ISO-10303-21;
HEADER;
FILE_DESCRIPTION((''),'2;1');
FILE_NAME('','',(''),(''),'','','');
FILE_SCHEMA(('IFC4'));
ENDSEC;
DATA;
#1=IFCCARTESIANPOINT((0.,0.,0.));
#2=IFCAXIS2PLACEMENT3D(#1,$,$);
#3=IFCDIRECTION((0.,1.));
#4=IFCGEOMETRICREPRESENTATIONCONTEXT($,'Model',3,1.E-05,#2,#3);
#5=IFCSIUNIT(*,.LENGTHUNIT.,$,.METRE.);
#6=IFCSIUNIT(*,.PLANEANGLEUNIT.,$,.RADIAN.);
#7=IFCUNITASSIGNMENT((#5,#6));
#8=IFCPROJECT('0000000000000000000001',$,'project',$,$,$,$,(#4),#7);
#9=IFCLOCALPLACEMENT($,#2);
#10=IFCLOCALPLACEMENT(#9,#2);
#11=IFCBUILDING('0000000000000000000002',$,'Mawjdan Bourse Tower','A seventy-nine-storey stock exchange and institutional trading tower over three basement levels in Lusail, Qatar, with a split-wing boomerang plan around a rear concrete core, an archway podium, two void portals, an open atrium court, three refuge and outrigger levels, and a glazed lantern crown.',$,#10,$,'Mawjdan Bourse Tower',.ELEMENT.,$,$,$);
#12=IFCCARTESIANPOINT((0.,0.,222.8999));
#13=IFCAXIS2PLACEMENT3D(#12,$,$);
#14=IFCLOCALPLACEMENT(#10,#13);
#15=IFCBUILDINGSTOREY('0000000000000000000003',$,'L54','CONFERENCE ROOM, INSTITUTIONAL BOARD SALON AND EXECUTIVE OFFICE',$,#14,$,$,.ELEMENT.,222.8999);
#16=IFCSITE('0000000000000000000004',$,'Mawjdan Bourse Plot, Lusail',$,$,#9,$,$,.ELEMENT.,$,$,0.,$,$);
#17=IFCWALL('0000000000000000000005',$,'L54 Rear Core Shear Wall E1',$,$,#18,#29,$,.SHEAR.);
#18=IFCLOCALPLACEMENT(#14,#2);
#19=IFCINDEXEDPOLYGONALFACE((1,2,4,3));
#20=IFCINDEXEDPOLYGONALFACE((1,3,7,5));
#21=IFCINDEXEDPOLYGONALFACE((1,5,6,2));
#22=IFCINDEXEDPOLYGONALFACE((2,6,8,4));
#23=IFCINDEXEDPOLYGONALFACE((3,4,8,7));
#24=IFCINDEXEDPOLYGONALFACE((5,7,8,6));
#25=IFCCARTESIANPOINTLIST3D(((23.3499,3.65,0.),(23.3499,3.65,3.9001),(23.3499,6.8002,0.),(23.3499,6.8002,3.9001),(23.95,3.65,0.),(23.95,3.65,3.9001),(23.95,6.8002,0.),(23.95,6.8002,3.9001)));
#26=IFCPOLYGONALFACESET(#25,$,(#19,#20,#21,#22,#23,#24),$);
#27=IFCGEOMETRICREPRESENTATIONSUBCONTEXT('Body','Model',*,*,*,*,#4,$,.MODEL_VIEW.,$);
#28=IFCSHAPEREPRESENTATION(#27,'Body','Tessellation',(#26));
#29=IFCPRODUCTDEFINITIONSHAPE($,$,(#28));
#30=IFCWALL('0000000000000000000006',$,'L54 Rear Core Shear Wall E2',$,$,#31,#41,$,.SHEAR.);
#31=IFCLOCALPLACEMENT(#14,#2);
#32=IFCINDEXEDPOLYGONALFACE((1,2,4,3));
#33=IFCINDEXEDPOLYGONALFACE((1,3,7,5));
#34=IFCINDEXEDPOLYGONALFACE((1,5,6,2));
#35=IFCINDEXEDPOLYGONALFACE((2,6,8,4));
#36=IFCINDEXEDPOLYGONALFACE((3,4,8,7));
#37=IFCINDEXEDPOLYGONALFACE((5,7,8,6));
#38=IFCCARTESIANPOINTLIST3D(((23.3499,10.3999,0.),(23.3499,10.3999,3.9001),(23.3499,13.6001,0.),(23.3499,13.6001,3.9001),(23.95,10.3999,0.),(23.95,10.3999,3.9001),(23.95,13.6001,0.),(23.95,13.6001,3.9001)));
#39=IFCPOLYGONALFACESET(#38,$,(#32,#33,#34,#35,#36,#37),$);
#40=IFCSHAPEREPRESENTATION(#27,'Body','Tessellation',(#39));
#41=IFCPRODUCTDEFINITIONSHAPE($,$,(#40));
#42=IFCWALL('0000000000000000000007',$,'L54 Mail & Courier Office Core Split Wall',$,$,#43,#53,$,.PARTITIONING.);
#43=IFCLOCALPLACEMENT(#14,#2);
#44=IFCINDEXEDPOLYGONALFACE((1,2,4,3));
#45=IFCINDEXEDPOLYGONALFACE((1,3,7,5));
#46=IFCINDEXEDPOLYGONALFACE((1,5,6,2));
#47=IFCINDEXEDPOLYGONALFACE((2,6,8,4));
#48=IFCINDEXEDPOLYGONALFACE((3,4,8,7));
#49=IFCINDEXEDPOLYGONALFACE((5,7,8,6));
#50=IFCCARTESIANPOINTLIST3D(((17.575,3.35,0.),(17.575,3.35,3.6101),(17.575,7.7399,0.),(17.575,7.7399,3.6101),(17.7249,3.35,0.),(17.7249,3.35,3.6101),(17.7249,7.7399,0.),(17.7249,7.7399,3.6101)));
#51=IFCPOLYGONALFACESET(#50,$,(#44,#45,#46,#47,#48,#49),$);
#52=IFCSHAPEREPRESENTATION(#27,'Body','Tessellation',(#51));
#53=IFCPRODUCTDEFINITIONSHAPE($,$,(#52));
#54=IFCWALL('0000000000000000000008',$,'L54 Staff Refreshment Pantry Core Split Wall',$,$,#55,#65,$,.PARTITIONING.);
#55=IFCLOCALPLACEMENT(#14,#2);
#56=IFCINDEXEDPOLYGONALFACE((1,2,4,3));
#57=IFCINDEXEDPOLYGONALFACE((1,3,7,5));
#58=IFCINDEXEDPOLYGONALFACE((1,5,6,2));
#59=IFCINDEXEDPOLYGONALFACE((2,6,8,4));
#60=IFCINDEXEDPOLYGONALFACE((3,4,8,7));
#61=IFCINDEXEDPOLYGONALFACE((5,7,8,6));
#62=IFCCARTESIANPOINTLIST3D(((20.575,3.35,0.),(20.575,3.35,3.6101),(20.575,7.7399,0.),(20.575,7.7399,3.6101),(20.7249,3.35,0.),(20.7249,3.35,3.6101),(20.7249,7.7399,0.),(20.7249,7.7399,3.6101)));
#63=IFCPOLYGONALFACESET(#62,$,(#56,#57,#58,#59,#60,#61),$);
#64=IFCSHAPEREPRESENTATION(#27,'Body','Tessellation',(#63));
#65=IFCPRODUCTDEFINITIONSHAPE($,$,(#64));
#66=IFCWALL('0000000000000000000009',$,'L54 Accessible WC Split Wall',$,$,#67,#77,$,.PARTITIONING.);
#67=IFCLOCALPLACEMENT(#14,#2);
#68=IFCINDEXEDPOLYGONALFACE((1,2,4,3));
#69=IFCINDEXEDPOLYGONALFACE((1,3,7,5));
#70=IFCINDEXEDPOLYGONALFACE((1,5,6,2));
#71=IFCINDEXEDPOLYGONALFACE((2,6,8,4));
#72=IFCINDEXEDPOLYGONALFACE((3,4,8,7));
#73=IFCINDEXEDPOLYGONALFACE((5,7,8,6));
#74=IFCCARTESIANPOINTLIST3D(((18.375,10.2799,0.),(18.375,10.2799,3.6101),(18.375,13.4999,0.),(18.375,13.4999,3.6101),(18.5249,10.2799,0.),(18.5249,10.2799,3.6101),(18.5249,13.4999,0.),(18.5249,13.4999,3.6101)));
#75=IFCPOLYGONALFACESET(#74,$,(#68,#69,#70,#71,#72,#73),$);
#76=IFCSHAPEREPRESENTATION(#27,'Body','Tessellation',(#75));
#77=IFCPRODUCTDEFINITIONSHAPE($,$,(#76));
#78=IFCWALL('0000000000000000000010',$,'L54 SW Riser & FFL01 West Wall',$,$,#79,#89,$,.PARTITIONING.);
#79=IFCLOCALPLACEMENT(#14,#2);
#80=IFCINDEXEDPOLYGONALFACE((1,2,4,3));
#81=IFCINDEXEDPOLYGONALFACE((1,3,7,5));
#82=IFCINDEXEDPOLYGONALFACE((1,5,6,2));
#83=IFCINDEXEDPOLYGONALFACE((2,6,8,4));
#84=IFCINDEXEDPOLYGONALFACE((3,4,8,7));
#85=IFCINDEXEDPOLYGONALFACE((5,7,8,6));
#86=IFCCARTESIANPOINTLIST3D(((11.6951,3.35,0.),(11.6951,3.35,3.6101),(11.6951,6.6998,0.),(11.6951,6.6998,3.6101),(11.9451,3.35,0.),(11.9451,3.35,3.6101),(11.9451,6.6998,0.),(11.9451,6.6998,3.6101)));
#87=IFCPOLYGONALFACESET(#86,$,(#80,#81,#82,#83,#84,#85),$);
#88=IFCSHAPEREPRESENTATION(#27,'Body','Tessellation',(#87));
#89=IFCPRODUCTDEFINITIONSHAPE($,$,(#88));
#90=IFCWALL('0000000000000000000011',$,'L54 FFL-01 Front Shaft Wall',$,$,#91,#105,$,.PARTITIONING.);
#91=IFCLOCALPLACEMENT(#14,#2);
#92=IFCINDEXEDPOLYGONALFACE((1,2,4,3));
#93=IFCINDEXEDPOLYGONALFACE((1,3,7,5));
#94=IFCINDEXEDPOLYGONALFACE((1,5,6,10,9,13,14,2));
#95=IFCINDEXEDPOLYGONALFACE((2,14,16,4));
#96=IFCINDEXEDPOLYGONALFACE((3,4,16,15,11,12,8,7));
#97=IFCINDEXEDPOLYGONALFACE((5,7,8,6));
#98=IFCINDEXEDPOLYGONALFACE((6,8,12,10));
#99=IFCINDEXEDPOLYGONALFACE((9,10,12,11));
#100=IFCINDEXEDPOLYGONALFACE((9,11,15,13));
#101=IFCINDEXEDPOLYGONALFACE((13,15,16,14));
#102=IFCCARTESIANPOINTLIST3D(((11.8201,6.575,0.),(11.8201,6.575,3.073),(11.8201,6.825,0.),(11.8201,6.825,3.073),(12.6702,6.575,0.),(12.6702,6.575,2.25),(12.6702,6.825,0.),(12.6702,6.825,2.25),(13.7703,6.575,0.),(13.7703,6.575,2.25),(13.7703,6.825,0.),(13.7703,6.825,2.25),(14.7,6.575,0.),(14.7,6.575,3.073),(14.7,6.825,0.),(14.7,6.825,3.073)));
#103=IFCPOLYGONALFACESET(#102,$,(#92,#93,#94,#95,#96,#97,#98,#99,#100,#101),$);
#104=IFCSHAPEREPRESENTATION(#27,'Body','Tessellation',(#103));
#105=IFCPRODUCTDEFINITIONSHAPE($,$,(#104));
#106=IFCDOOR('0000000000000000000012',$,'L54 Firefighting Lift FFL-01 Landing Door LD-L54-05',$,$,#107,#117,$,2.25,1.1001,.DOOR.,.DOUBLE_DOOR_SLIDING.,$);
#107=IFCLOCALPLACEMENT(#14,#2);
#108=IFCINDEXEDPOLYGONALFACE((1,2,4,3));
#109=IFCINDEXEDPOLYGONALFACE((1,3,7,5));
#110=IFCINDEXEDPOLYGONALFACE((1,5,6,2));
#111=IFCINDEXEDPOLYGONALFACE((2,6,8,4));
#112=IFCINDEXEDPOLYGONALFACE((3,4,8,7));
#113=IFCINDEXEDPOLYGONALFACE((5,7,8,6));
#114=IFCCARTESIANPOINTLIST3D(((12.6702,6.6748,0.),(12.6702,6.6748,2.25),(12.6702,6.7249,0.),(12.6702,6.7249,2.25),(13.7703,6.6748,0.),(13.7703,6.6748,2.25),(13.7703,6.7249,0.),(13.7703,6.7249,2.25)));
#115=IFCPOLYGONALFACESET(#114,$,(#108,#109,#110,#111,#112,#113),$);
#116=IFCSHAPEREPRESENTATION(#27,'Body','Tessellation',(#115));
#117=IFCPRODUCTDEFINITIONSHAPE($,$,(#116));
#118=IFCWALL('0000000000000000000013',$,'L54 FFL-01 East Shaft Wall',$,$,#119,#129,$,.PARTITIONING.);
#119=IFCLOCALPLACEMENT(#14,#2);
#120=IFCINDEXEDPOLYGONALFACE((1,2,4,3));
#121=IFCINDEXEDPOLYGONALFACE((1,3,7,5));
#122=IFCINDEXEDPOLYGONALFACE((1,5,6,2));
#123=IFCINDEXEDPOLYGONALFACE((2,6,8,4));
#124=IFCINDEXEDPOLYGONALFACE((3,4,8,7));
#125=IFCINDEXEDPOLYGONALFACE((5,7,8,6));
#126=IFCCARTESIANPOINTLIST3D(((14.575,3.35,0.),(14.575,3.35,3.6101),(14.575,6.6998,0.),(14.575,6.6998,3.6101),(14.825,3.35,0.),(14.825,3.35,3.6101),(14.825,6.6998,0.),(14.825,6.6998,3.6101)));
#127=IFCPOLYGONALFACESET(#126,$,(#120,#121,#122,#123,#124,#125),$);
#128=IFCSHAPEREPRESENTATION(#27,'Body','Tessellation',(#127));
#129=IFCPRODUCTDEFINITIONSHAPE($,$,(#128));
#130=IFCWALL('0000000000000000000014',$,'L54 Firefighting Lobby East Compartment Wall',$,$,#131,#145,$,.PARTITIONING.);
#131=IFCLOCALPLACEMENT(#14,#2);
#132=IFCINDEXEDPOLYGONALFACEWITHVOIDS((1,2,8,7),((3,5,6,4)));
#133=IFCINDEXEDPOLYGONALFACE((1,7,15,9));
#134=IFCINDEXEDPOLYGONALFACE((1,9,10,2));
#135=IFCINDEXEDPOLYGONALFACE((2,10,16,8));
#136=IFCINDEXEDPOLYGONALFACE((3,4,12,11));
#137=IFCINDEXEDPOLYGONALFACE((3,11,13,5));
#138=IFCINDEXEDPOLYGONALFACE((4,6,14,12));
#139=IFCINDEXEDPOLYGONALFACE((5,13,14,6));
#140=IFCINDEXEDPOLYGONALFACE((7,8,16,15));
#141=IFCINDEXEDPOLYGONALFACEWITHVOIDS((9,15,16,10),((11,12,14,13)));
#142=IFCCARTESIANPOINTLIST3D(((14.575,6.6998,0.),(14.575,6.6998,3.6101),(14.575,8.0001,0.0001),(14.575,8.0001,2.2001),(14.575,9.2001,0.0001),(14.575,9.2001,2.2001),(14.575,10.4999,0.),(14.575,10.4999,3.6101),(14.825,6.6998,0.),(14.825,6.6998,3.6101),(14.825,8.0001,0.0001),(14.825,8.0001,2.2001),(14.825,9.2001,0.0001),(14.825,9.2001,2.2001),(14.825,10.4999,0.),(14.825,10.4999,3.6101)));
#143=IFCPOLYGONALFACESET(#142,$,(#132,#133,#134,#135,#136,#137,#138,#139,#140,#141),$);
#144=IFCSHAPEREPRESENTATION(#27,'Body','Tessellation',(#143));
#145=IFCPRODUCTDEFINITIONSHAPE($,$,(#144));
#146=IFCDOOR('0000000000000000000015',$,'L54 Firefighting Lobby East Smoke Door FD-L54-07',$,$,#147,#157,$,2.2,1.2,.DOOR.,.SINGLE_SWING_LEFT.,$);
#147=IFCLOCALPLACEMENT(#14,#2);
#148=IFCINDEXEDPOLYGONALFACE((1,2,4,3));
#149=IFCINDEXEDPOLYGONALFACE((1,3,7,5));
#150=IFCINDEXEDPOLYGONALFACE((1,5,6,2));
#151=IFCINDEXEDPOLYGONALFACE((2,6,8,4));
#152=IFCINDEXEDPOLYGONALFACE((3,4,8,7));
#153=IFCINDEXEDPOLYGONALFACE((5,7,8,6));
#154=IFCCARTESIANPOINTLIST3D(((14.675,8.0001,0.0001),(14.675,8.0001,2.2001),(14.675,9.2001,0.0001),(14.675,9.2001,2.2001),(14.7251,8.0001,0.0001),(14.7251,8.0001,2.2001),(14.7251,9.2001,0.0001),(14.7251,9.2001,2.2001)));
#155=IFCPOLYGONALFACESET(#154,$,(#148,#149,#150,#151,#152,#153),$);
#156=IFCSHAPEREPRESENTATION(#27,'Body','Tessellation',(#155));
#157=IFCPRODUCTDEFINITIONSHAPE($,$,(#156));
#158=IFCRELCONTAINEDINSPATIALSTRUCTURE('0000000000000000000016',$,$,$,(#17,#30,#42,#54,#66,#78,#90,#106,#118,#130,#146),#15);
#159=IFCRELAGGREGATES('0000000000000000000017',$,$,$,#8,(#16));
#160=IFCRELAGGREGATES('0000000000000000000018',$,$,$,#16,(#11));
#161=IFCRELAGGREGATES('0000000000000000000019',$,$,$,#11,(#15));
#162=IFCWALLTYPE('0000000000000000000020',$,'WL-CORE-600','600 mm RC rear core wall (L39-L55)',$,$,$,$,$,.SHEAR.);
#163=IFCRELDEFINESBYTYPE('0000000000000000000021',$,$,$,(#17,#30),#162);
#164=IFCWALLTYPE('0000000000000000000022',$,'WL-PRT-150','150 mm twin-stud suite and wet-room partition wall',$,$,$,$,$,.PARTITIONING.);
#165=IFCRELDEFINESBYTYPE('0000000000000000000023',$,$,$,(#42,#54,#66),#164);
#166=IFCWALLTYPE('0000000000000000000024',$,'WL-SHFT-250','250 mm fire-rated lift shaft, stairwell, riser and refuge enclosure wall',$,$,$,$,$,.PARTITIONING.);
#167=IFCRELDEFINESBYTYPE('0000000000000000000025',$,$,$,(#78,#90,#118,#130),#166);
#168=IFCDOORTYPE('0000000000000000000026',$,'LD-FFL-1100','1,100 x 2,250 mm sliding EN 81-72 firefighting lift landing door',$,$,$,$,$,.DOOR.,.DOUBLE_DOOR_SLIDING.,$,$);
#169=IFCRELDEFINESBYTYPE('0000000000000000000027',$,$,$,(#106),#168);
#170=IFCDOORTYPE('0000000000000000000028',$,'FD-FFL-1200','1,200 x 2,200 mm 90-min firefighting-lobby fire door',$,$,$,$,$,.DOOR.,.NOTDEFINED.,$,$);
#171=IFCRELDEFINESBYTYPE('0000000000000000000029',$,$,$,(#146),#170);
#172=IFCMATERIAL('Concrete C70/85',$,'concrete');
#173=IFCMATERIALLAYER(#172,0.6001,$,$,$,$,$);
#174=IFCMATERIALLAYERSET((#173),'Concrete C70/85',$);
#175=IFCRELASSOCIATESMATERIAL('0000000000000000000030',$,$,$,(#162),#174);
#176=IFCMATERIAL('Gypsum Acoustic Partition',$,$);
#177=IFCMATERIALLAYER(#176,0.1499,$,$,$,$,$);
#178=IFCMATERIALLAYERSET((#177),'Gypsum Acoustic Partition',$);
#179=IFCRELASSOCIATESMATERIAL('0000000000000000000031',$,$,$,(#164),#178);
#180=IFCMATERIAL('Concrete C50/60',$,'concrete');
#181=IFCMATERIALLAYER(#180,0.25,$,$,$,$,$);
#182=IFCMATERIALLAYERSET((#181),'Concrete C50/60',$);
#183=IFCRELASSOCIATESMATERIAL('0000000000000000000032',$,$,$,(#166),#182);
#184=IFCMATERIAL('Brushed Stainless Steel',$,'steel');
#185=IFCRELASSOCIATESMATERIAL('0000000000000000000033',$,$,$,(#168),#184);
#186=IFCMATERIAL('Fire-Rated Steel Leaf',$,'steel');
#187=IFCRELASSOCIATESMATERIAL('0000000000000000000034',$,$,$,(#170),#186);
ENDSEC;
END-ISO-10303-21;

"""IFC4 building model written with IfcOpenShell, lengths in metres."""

from ifc_helpers import new_model, si_unit, direction, frame, frame_2d, origin, place, context, subcontext, project, spatial, rectangle, extrude, material, layer, layer_set, type_object, element, fill, save


model = new_model("IFC4")

# Units and contexts
model_context = context("Model", 3, precision=1e-05, world=origin(), true_north=direction((0.0, 1.0)))
body_context = subcontext(model_context, "Body", "Model", "MODEL_VIEW")
ifc_project = project(units=[si_unit("LENGTHUNIT", "METRE"), si_unit("PLANEANGLEUNIT", "RADIAN")], contexts=[model_context])

# Site, building, storey
site_placement = place(None, origin())
site = spatial("IfcSite", under=ifc_project, at=site_placement, Name="Mawjdan Bourse Plot, Lusail", CompositionType="ELEMENT", RefElevation=0.0)
building_placement = place(site_placement, origin())
building = spatial("IfcBuilding", under=site, at=building_placement, Name="Mawjdan Bourse Tower", Description="A seventy-nine-storey stock exchange and institutional trading tower over three basement levels in Lusail, Qatar, with a split-wing boomerang plan around a rear concrete core, an archway podium, two void portals, an open atrium court, three refuge and outrigger levels, and a glazed lantern crown.", LongName="Mawjdan Bourse Tower", CompositionType="ELEMENT")
storey_placement = place(building_placement, frame((0.0, 0.0, 222.8999)))
storey = spatial("IfcBuildingStorey", under=building, at=storey_placement, Name="L54", Description="CONFERENCE ROOM, INSTITUTIONAL BOARD SALON AND EXECUTIVE OFFICE", CompositionType="ELEMENT", Elevation=222.8999)

# Shared definitions
ifc_material_1 = material(Name="Concrete C70/85", Category="concrete")

# Walls
ifc_layer_1 = layer(ifc_material_1, 0.6001)
ifc_layer_set_1 = layer_set([ifc_layer_1], Name="Concrete C70/85")
wall_type_1 = type_object("IfcWallType", Name="WL-CORE-600", Description="600 mm RC rear core wall (L39-L55)", PredefinedType="SHEAR", material=ifc_layer_set_1)
wall_1_placement = place(storey_placement, frame((23.6499, 3.6499, 0.0), z_axis=(0.0, 0.0, 1.0), x_axis=(0.0, 1.0, 0.0)))
element("IfcWall", 1, at=wall_1_placement, inside=storey, type_object=wall_type_1, Name="L54 Rear Core Shear Wall E1", PredefinedType="SHEAR", context=body_context, shape_type="SweptSolid", body=[
    extrude(rectangle(XDim=3.1501, YDim=0.6001, at=frame_2d((1.5752, 0.0))), origin(), (0.0, 0.0, 1.0), 3.9001),
])
wall_2_placement = place(storey_placement, frame((23.6499, 10.3999, 0.0), z_axis=(0.0, 0.0, 1.0), x_axis=(0.0, 1.0, 0.0)))
element("IfcWall", 2, at=wall_2_placement, inside=storey, type_object=wall_type_1, Name="L54 Rear Core Shear Wall E2", PredefinedType="SHEAR", context=body_context, shape_type="SweptSolid", body=[
    extrude(rectangle(XDim=3.2002, YDim=0.6001, at=frame_2d((1.6001, 0.0))), origin(), (0.0, 0.0, 1.0), 3.9001),
])
ifc_material_2 = material(Name="Gypsum Acoustic Partition")
ifc_layer_2 = layer(ifc_material_2, 0.1499)
ifc_layer_set_2 = layer_set([ifc_layer_2], Name="Gypsum Acoustic Partition")
wall_type_2 = type_object("IfcWallType", Name="WL-PRT-150", Description="150 mm twin-stud suite and wet-room partition wall", PredefinedType="PARTITIONING", material=ifc_layer_set_2)
for number, where, z_axis, x_axis, name in (
    (3, (17.6499, 3.3501, 0.0), (0.0, 0.0, 1.0), (0.0, 1.0, 0.0), "L54 Mail & Courier Office Core Split Wall"),
    (4, (20.6499, 3.3501, 0.0), (0.0, 0.0, 1.0), (0.0, 1.0, 0.0), "L54 Staff Refreshment Pantry Core Split Wall"),
):
    element("IfcWall", number, at=place(storey_placement, frame(where, z_axis=z_axis, x_axis=x_axis)), inside=storey, type_object=wall_type_2, Name=name, PredefinedType="PARTITIONING", context=body_context, shape_type="SweptSolid", body=[
        extrude(rectangle(XDim=4.3899, YDim=0.1499, at=frame_2d((2.1948, 0.0))), origin(), (0.0, 0.0, 1.0), 3.6101),
    ])
wall_3_placement = place(storey_placement, frame((18.45, 10.28, 0.0), z_axis=(0.0, 0.0, 1.0), x_axis=(0.0, 1.0, 0.0)))
element("IfcWall", 5, at=wall_3_placement, inside=storey, type_object=wall_type_2, Name="L54 Accessible WC Split Wall", PredefinedType="PARTITIONING", context=body_context, shape_type="SweptSolid", body=[
    extrude(rectangle(XDim=3.22, YDim=0.1499, at=frame_2d((1.6099, 0.0))), origin(), (0.0, 0.0, 1.0), 3.6101),
])
ifc_material_3 = material(Name="Concrete C50/60", Category="concrete")
ifc_layer_3 = layer(ifc_material_3, 0.25)
ifc_layer_set_3 = layer_set([ifc_layer_3], Name="Concrete C50/60")
wall_type_3 = type_object("IfcWallType", Name="WL-SHFT-250", Description="250 mm fire-rated lift shaft, stairwell, riser and refuge enclosure wall", PredefinedType="PARTITIONING", material=ifc_layer_set_3)
wall_4_placement = place(storey_placement, frame((11.8201, 3.3501, 0.0), z_axis=(0.0, 0.0, 1.0), x_axis=(0.0, 1.0, 0.0)))
element("IfcWall", 6, at=wall_4_placement, inside=storey, type_object=wall_type_3, Name="L54 SW Riser & FFL01 West Wall", PredefinedType="PARTITIONING", context=body_context, shape_type="SweptSolid", body=[
    extrude(rectangle(XDim=3.3499, YDim=0.25, at=frame_2d((1.6748, 0.0))), origin(), (0.0, 0.0, 1.0), 3.6101),
])

# Wall, opening, door
wall_5_placement = place(storey_placement, frame((11.8201, 6.7, 0.0), z_axis=(0.0, 0.0, 1.0), x_axis=(1.0, 0.0, 0.0)))
wall_5 = element("IfcWall", 7, at=wall_5_placement, inside=storey, type_object=wall_type_3, Name="L54 FFL-01 Front Shaft Wall", PredefinedType="PARTITIONING", context=body_context, shape_type="SweptSolid", body=[
    extrude(rectangle(XDim=2.8799, YDim=0.25, at=frame_2d((1.4399, 0.0))), origin(), (0.0, 0.0, 1.0), 3.073),
])
opening_1_placement = place(wall_5_placement, frame((0.8501, 0.0, 0.0)))
opening_1 = element("IfcOpeningElement", 8, at=opening_1_placement, cuts=wall_5, PredefinedType="OPENING", context=body_context, shape_type="SweptSolid", body=[
    extrude(rectangle(XDim=1.1001, YDim=2.25, at=frame_2d((0.55, 1.125))), frame((0.0, 0.135, 0.0), z_axis=(0.0, -1.0, 0.0), x_axis=(1.0, 0.0, 0.0)), (0.0, 0.0, 1.0), 0.27),
])
ifc_material_4 = material(Name="Brushed Stainless Steel", Category="steel")
door_type_1 = type_object("IfcDoorType", Name="LD-FFL-1100", Description="1,100 x 2,250 mm sliding EN 81-72 firefighting lift landing door", OperationType="DOUBLE_DOOR_SLIDING", PredefinedType="DOOR", material=ifc_material_4)
door_1_placement = place(opening_1_placement, origin())
door_1 = element("IfcDoor", 9, at=door_1_placement, inside=storey, type_object=door_type_1, Name="L54 Firefighting Lift FFL-01 Landing Door LD-L54-05", OperationType="DOUBLE_DOOR_SLIDING", OverallHeight=2.25, OverallWidth=1.1001, PredefinedType="DOOR", context=body_context, shape_type="SweptSolid", body=[
    extrude(rectangle(XDim=1.1001, YDim=2.25, at=frame_2d((0.55, 1.125))), frame((0.0, 0.0249, 0.0), z_axis=(0.0, -1.0, 0.0), x_axis=(1.0, 0.0, 0.0)), (0.0, 0.0, 1.0), 0.05),
])
fill(opening_1, door_1)

# Wall
wall_6_placement = place(storey_placement, frame((14.7, 3.3501, 0.0), z_axis=(0.0, 0.0, 1.0), x_axis=(0.0, 1.0, 0.0)))
element("IfcWall", 10, at=wall_6_placement, inside=storey, type_object=wall_type_3, Name="L54 FFL-01 East Shaft Wall", PredefinedType="PARTITIONING", context=body_context, shape_type="SweptSolid", body=[
    extrude(rectangle(XDim=3.3499, YDim=0.25, at=frame_2d((1.6748, 0.0))), origin(), (0.0, 0.0, 1.0), 3.6101),
])

# Wall, opening, door
wall_7_placement = place(storey_placement, frame((14.7, 6.7, 0.0), z_axis=(0.0, 0.0, 1.0), x_axis=(0.0, 1.0, 0.0)))
wall_7 = element("IfcWall", 11, at=wall_7_placement, inside=storey, type_object=wall_type_3, Name="L54 Firefighting Lobby East Compartment Wall", PredefinedType="PARTITIONING", context=body_context, shape_type="SweptSolid", body=[
    extrude(rectangle(XDim=3.8, YDim=0.25, at=frame_2d((1.8999, 0.0))), origin(), (0.0, 0.0, 1.0), 3.6101),
])
opening_2_placement = place(wall_7_placement, frame((1.3, 0.0, 0.0)))
opening_2 = element("IfcOpeningElement", 12, at=opening_2_placement, cuts=wall_7, PredefinedType="OPENING", context=body_context, shape_type="SweptSolid", body=[
    extrude(rectangle(XDim=1.2, YDim=2.2, at=frame_2d((0.6001, 1.1001))), frame((0.0, 0.135, 0.0), z_axis=(0.0, -1.0, 0.0), x_axis=(1.0, 0.0, 0.0)), (0.0, 0.0, 1.0), 0.27),
])
ifc_material_5 = material(Name="Fire-Rated Steel Leaf", Category="steel")
door_type_2 = type_object("IfcDoorType", Name="FD-FFL-1200", Description="1,200 x 2,200 mm 90-min firefighting-lobby fire door", OperationType="NOTDEFINED", PredefinedType="DOOR", material=ifc_material_5)
door_2_placement = place(opening_2_placement, origin())
door_2 = element("IfcDoor", 13, at=door_2_placement, inside=storey, type_object=door_type_2, Name="L54 Firefighting Lobby East Smoke Door FD-L54-07", OperationType="SINGLE_SWING_LEFT", OverallHeight=2.2, OverallWidth=1.2, PredefinedType="DOOR", context=body_context, shape_type="SweptSolid", body=[
    extrude(rectangle(XDim=1.2, YDim=2.2, at=frame_2d((0.6001, 1.1001))), frame((0.0, 0.0249, 0.0), z_axis=(0.0, -1.0, 0.0), x_axis=(1.0, 0.0, 0.0)), (0.0, 0.0, 1.0), 0.05),
])
fill(opening_2, door_2)

save(model, "model.ifc")
